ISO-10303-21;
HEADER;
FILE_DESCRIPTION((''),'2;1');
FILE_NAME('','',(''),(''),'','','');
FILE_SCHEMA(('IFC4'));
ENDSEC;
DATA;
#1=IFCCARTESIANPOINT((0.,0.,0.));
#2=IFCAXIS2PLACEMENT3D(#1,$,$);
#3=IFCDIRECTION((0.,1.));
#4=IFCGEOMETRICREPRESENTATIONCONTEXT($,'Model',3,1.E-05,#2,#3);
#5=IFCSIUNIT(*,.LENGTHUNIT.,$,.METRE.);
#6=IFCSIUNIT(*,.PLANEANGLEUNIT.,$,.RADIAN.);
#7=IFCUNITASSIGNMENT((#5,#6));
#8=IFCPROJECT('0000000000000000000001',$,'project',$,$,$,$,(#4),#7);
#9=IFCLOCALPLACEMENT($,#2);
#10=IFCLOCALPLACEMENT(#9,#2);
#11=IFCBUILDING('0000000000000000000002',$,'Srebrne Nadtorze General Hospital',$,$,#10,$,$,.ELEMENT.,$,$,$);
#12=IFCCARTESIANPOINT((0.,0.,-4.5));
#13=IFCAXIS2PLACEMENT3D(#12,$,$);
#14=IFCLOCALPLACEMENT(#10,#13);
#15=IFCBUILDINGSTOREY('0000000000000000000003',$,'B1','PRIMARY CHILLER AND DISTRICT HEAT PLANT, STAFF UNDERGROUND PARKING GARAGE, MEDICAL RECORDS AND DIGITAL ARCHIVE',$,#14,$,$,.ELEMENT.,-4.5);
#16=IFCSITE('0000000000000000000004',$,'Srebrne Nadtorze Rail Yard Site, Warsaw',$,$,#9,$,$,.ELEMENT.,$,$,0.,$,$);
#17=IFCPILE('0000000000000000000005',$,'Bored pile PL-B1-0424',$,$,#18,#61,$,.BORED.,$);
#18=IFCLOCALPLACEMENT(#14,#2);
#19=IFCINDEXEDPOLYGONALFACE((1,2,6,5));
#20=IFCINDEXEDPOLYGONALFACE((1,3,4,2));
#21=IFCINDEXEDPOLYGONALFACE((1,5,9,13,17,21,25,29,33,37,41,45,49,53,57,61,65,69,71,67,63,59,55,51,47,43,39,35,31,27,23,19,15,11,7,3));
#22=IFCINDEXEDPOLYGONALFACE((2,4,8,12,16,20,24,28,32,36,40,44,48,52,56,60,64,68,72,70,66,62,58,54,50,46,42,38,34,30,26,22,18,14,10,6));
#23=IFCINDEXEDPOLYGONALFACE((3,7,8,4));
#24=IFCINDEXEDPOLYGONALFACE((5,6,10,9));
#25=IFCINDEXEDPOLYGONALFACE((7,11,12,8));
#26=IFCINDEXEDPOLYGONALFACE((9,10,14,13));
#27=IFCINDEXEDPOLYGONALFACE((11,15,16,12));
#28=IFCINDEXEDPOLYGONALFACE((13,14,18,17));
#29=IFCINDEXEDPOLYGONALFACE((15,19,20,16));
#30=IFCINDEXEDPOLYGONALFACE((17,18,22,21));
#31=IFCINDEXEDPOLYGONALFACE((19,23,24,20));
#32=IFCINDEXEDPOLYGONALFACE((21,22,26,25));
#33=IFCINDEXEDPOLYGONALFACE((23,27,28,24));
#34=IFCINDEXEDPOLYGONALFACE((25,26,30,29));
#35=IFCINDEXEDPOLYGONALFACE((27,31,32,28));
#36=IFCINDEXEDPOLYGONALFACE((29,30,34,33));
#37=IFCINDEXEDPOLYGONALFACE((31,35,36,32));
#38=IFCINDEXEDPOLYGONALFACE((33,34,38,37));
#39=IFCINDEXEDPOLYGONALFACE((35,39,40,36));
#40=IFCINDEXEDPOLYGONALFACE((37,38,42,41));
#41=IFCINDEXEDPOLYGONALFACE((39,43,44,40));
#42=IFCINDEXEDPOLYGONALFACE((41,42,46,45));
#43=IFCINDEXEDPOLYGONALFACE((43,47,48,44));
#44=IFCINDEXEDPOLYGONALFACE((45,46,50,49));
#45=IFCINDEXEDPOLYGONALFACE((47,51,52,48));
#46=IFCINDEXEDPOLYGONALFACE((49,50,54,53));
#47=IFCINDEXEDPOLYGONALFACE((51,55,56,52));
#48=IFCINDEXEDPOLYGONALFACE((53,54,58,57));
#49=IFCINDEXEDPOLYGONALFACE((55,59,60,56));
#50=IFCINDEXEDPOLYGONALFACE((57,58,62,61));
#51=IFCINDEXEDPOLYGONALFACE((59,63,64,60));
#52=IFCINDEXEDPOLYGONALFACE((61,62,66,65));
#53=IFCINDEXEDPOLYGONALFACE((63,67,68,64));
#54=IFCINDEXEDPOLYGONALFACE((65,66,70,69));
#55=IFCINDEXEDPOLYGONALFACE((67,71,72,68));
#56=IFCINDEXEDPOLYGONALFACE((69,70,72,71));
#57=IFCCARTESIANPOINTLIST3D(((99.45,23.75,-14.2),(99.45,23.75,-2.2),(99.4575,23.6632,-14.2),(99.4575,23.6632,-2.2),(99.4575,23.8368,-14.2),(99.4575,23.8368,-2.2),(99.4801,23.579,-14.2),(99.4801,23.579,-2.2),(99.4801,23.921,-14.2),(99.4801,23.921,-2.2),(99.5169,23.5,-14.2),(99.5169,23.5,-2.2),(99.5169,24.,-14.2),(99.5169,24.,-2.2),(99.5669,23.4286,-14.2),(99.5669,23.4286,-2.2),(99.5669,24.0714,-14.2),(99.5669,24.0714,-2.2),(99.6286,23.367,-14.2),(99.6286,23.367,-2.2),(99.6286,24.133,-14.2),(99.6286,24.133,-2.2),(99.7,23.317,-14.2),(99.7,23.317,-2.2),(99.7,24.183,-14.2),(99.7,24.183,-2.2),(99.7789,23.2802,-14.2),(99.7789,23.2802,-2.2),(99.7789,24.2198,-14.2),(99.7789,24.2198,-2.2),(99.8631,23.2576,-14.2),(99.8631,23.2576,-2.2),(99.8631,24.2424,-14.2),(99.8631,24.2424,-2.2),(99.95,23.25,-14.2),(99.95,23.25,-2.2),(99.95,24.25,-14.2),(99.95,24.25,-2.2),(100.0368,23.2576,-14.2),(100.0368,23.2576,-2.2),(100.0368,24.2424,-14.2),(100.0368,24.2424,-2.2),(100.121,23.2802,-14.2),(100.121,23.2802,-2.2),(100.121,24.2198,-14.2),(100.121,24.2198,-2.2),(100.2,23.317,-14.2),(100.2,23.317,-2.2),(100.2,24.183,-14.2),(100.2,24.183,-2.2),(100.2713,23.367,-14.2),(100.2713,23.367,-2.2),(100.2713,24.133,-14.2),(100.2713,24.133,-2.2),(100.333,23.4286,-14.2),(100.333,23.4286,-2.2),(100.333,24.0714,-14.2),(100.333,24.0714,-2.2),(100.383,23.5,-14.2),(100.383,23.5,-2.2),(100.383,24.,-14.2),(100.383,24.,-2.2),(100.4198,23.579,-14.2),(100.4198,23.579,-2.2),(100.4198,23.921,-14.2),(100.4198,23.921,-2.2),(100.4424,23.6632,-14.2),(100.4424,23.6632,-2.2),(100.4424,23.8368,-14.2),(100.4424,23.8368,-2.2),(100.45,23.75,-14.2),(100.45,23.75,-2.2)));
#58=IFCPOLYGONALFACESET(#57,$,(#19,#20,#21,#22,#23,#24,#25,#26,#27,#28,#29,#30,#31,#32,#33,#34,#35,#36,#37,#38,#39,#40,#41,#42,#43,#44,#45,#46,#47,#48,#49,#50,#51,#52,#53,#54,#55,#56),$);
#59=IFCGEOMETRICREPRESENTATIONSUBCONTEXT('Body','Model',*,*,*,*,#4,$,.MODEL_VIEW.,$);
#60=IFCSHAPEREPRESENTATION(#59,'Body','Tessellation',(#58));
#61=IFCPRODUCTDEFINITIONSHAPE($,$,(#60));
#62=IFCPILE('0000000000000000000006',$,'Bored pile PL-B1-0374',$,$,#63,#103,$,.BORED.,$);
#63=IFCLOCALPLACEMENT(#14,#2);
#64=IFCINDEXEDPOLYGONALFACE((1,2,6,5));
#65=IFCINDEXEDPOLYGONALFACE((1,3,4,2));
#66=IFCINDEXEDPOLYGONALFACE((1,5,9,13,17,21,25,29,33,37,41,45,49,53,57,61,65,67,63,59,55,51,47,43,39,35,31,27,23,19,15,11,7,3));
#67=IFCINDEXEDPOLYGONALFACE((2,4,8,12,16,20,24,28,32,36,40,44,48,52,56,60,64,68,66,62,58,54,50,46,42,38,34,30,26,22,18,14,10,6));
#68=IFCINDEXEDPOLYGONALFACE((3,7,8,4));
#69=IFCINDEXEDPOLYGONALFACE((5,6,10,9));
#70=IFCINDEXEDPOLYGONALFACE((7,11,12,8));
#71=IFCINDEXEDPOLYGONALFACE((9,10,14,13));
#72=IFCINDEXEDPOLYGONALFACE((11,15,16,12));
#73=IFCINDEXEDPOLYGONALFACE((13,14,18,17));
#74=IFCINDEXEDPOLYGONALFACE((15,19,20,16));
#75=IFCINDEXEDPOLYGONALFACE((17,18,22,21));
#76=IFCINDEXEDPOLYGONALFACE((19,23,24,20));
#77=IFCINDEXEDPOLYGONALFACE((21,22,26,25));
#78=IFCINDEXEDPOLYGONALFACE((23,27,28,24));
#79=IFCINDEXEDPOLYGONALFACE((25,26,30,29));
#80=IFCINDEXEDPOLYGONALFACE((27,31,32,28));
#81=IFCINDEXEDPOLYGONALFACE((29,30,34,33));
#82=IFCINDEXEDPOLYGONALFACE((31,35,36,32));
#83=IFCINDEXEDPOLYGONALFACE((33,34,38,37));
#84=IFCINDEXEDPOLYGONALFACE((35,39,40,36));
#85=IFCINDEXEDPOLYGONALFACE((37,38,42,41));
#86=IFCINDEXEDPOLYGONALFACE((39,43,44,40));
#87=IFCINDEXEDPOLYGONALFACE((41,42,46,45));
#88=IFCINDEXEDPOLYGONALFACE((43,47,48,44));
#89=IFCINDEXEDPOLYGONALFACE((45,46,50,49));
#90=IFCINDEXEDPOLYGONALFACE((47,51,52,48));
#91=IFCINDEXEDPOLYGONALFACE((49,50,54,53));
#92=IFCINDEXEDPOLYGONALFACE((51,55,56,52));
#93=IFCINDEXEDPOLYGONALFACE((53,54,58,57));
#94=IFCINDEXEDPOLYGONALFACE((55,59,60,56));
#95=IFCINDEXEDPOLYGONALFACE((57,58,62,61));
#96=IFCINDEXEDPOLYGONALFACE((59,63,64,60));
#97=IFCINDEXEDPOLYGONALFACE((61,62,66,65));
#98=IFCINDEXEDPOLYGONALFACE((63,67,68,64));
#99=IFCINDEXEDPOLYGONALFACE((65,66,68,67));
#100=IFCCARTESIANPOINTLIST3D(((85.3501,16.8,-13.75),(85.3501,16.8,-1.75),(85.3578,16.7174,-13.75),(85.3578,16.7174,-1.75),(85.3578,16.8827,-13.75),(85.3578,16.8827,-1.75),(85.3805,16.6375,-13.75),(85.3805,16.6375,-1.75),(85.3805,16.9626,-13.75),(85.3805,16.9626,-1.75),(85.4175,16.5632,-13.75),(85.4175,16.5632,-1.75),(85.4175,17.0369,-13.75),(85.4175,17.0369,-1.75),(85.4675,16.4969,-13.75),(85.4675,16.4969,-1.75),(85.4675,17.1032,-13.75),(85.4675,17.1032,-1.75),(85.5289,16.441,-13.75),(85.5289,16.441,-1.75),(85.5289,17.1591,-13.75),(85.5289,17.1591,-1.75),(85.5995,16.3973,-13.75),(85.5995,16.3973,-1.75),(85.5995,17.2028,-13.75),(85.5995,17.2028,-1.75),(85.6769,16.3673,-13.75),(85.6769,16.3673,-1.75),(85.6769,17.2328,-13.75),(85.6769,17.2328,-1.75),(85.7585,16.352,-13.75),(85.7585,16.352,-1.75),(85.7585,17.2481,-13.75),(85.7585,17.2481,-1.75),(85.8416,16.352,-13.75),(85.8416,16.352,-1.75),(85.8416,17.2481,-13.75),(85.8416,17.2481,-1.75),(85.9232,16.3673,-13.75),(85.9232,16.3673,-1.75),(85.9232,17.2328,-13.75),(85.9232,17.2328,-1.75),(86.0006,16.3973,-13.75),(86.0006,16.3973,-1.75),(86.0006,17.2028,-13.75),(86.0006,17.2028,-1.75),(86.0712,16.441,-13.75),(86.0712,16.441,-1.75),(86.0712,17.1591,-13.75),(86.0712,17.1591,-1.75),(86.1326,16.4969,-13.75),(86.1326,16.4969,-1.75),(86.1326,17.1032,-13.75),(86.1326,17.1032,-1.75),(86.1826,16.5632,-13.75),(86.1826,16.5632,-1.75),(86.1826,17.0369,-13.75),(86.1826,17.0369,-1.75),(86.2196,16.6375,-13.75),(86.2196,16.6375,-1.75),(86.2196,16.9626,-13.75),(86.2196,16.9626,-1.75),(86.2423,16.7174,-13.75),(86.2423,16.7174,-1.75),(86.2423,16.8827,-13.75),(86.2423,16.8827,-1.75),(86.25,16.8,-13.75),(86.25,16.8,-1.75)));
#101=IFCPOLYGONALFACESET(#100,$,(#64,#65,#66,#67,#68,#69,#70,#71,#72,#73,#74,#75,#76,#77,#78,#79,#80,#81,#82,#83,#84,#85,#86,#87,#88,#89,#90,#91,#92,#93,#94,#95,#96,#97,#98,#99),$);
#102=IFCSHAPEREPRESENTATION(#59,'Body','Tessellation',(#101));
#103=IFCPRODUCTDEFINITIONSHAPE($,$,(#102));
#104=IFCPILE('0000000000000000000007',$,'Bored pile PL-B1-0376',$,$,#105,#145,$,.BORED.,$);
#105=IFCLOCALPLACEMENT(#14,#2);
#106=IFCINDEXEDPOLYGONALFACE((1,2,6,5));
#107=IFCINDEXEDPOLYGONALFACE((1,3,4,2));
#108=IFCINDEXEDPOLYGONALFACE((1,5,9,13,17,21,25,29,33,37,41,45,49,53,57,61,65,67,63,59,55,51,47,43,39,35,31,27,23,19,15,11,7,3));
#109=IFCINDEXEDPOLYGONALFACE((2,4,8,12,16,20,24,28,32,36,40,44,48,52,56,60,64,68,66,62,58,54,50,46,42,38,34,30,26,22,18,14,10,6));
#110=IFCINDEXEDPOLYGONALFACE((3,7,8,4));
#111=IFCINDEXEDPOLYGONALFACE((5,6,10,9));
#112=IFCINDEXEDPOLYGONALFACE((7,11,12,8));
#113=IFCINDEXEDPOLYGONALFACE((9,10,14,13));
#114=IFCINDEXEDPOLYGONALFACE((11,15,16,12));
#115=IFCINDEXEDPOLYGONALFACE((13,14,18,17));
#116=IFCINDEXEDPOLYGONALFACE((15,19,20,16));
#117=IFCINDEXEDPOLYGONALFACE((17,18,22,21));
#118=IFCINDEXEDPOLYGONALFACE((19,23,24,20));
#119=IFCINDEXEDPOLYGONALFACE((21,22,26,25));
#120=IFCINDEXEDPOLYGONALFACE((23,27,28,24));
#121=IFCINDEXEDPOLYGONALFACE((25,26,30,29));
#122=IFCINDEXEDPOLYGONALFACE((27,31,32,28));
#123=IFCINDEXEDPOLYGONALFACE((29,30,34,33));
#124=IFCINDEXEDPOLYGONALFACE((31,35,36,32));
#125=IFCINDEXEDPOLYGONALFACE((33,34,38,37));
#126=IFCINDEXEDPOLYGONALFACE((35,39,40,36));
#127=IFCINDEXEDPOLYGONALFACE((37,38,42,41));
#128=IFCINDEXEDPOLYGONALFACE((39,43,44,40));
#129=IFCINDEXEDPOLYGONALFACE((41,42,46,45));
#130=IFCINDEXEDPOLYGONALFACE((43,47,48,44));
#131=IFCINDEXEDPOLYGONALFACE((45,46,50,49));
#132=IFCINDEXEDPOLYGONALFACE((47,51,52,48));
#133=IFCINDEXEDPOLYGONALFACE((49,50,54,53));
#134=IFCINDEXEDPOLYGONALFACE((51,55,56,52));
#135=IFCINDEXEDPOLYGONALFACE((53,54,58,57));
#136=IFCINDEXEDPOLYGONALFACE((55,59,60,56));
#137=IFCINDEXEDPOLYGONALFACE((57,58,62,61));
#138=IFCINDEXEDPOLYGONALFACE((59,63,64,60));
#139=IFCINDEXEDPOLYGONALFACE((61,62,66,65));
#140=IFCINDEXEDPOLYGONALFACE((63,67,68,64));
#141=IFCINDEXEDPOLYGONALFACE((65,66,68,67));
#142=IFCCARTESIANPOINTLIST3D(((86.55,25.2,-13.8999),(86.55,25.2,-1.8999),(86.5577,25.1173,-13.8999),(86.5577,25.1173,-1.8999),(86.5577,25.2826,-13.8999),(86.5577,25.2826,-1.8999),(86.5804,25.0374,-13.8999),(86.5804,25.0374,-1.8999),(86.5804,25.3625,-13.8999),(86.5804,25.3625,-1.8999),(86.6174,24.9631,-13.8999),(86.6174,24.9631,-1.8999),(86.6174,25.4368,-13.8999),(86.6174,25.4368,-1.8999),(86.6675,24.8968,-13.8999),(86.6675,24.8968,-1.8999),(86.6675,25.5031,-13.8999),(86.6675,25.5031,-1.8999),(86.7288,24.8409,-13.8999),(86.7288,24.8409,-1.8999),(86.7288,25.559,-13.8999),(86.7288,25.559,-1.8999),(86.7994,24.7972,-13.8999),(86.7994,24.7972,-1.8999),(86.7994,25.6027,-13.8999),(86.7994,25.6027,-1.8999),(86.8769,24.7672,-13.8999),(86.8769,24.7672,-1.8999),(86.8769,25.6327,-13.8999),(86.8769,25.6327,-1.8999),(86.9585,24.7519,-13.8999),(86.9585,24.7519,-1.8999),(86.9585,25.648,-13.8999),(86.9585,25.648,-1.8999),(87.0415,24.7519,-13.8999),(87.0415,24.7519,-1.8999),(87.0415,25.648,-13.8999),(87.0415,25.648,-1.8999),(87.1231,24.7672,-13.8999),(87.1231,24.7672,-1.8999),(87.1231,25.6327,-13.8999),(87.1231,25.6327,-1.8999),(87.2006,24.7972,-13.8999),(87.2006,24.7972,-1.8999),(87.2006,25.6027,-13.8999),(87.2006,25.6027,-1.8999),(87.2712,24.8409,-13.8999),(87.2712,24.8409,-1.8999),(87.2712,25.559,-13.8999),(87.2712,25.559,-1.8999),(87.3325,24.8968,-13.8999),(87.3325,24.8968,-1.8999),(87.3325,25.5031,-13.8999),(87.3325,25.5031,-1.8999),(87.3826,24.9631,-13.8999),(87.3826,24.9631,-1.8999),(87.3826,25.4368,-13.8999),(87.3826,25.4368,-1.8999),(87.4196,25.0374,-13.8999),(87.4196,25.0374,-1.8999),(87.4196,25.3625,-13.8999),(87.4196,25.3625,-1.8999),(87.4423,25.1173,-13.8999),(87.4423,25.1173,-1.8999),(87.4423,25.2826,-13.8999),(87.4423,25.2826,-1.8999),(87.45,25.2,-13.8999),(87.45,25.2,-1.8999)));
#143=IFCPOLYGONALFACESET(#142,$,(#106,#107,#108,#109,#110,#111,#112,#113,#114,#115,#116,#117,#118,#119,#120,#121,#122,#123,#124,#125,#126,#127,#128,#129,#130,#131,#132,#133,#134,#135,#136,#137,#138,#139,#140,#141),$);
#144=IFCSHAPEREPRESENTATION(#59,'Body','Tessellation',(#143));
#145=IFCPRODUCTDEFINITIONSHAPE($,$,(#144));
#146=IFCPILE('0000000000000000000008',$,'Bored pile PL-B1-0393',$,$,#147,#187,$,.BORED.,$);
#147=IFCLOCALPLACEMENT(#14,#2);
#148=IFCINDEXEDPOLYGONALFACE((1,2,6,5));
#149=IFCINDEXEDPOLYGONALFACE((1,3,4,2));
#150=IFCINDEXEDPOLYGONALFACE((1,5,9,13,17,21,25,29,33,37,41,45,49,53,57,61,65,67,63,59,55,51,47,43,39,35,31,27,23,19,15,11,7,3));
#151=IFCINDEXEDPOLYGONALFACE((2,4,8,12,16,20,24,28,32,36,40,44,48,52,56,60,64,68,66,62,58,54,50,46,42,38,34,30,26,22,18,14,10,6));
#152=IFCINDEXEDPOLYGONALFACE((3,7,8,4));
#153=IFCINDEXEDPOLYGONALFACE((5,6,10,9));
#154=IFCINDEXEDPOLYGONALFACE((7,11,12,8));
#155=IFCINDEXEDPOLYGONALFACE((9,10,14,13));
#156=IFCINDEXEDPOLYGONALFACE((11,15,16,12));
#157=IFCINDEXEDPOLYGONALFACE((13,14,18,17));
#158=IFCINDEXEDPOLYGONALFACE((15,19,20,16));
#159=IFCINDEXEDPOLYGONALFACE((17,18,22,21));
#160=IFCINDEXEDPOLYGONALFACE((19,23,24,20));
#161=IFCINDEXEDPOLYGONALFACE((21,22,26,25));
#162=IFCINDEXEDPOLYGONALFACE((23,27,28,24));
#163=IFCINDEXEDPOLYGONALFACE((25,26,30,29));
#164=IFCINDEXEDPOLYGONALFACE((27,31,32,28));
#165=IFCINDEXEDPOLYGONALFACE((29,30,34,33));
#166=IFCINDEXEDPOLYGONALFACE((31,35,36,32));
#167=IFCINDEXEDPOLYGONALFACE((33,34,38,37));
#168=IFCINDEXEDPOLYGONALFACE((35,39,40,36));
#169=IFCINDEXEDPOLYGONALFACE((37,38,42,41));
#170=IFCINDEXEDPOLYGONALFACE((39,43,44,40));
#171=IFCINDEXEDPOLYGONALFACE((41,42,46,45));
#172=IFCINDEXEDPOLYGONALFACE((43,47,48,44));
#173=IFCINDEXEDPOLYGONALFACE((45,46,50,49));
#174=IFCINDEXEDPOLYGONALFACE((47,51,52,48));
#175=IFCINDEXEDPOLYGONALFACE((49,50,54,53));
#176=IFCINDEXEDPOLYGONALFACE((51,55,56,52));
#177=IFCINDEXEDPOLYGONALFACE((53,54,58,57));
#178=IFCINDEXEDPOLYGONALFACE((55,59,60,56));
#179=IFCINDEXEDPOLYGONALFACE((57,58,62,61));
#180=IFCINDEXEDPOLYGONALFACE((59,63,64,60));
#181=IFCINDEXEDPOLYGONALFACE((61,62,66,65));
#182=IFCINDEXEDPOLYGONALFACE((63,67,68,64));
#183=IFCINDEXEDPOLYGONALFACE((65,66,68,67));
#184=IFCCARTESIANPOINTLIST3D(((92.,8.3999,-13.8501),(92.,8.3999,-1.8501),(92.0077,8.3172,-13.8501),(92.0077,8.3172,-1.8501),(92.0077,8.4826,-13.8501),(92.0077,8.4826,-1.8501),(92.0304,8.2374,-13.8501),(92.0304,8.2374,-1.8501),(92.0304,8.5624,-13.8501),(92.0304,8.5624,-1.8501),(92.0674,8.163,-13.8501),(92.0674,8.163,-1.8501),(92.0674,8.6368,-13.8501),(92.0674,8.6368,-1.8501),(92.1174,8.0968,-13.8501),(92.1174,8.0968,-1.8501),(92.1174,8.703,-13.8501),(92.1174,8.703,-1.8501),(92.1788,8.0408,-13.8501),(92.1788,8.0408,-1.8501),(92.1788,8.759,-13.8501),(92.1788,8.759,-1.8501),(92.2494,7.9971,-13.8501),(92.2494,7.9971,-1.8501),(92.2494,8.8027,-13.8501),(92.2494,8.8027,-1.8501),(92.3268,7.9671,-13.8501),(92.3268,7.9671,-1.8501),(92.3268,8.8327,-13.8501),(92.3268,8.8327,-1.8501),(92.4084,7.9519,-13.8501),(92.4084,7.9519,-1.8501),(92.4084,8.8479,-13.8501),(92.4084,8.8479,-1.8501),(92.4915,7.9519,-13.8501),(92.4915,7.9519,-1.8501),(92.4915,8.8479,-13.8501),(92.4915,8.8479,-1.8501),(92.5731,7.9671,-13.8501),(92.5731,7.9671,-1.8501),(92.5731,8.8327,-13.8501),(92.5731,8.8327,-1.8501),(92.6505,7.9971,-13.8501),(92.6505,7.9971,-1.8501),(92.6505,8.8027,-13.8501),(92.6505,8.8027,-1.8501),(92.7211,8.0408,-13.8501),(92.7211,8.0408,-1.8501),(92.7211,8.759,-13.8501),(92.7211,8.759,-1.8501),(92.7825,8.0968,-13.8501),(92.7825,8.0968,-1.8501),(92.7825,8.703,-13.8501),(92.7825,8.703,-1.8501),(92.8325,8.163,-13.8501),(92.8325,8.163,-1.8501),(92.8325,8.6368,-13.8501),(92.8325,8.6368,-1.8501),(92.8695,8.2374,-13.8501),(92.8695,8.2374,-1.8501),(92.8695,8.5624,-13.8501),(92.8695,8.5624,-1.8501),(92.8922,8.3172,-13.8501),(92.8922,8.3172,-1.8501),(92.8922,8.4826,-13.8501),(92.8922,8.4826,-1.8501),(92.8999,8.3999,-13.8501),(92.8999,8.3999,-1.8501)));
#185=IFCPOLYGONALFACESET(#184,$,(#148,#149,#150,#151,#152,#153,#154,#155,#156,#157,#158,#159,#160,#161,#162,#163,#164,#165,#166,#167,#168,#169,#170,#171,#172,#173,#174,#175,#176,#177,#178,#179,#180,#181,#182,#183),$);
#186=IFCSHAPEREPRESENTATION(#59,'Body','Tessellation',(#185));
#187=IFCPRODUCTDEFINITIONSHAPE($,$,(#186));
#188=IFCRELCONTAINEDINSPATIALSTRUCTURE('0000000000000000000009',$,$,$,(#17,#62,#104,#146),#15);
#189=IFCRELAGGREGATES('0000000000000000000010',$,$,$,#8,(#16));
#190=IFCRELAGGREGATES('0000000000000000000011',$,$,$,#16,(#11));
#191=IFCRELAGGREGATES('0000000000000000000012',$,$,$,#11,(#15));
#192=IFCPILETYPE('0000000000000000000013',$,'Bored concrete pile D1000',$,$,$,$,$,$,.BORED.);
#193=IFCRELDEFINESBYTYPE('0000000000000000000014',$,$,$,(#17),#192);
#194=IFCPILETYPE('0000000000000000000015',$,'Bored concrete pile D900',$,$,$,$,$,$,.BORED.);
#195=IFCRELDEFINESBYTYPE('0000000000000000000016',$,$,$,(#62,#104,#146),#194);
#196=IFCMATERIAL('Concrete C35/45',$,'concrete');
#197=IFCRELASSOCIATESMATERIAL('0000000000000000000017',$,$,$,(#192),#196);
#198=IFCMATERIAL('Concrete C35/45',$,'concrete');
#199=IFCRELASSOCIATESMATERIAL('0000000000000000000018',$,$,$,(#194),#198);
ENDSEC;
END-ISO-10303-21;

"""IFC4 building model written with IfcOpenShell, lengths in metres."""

from ifc_helpers import new_model, si_unit, direction, frame, origin, origin_2d, place, context, subcontext, project, spatial, circle, extrude, material, material_profile, profile_set, type_object, element, save


model = new_model("IFC4")

# Units and contexts
model_context = context("Model", 3, precision=1e-05, world=origin(), true_north=direction((0.0, 1.0)))
body_context = subcontext(model_context, "Body", "Model", "MODEL_VIEW")
ifc_project = project(units=[si_unit("LENGTHUNIT", "METRE"), si_unit("PLANEANGLEUNIT", "RADIAN")], contexts=[model_context])

# Site, building, storey
site_placement = place(None, origin())
site = spatial("IfcSite", under=ifc_project, at=site_placement, Name="Srebrne Nadtorze Rail Yard Site, Warsaw", CompositionType="ELEMENT", RefElevation=0.0)
building_placement = place(site_placement, origin())
building = spatial("IfcBuilding", under=site, at=building_placement, Name="Srebrne Nadtorze General Hospital", CompositionType="ELEMENT")
storey_placement = place(building_placement, frame((0.0, 0.0, -4.5)))
storey = spatial("IfcBuildingStorey", under=building, at=storey_placement, Name="B1", Description="PRIMARY CHILLER AND DISTRICT HEAT PLANT, STAFF UNDERGROUND PARKING GARAGE, MEDICAL RECORDS AND DIGITAL ARCHIVE", CompositionType="ELEMENT", Elevation=-4.5)

# Piles
ifc_material_1 = material(Name="Concrete C35/45", Category="concrete")
ifc_material_profile_1 = material_profile(ifc_material_1, circle(Radius=0.5, at=origin_2d()), Name="PILE-D1000")
ifc_profile_set_1 = profile_set([ifc_material_profile_1], Name="Concrete C35/45")
pile_type_1 = type_object("IfcPileType", Name="Bored concrete pile D1000", PredefinedType="BORED", material=ifc_profile_set_1)
pile_placement = place(storey_placement, frame((99.95, 23.75, -2.2), z_axis=(0.0, 0.0, -1.0), x_axis=(1.0, 0.0, 0.0)))
element("IfcPile", 1, at=pile_placement, inside=storey, type_object=pile_type_1, Name="Bored pile PL-B1-0424", PredefinedType="BORED", context=body_context, shape_type="SweptSolid", body=[
    extrude(circle(Radius=0.5, at=origin_2d()), origin(), (0.0, 0.0, 1.0), 12.0),
])
ifc_material_2 = material(Name="Concrete C35/45", Category="concrete")
ifc_material_profile_2 = material_profile(ifc_material_2, circle(Radius=0.45, at=origin_2d()), Name="PILE-D900")
ifc_profile_set_2 = profile_set([ifc_material_profile_2], Name="Concrete C35/45")
pile_type_2 = type_object("IfcPileType", Name="Bored concrete pile D900", PredefinedType="BORED", material=ifc_profile_set_2)
for number, where, z_axis, x_axis, name in (
    (2, (85.8, 16.8, -1.75), (0.0, 0.0, -1.0), (1.0, 0.0, 0.0), "Bored pile PL-B1-0374"),
    (3, (87.0, 25.2, -1.8999), (0.0, 0.0, -1.0), (1.0, 0.0, 0.0), "Bored pile PL-B1-0376"),
    (4, (92.45, 8.3999, -1.8501), (0.0, 0.0, -1.0), (1.0, 0.0, 0.0), "Bored pile PL-B1-0393"),
):
    element("IfcPile", number, at=place(storey_placement, frame(where, z_axis=z_axis, x_axis=x_axis)), inside=storey, type_object=pile_type_2, Name=name, PredefinedType="BORED", context=body_context, shape_type="SweptSolid", body=[
        extrude(circle(Radius=0.45, at=origin_2d()), origin(), (0.0, 0.0, 1.0), 12.0),
    ])

save(model, "model.ifc")
